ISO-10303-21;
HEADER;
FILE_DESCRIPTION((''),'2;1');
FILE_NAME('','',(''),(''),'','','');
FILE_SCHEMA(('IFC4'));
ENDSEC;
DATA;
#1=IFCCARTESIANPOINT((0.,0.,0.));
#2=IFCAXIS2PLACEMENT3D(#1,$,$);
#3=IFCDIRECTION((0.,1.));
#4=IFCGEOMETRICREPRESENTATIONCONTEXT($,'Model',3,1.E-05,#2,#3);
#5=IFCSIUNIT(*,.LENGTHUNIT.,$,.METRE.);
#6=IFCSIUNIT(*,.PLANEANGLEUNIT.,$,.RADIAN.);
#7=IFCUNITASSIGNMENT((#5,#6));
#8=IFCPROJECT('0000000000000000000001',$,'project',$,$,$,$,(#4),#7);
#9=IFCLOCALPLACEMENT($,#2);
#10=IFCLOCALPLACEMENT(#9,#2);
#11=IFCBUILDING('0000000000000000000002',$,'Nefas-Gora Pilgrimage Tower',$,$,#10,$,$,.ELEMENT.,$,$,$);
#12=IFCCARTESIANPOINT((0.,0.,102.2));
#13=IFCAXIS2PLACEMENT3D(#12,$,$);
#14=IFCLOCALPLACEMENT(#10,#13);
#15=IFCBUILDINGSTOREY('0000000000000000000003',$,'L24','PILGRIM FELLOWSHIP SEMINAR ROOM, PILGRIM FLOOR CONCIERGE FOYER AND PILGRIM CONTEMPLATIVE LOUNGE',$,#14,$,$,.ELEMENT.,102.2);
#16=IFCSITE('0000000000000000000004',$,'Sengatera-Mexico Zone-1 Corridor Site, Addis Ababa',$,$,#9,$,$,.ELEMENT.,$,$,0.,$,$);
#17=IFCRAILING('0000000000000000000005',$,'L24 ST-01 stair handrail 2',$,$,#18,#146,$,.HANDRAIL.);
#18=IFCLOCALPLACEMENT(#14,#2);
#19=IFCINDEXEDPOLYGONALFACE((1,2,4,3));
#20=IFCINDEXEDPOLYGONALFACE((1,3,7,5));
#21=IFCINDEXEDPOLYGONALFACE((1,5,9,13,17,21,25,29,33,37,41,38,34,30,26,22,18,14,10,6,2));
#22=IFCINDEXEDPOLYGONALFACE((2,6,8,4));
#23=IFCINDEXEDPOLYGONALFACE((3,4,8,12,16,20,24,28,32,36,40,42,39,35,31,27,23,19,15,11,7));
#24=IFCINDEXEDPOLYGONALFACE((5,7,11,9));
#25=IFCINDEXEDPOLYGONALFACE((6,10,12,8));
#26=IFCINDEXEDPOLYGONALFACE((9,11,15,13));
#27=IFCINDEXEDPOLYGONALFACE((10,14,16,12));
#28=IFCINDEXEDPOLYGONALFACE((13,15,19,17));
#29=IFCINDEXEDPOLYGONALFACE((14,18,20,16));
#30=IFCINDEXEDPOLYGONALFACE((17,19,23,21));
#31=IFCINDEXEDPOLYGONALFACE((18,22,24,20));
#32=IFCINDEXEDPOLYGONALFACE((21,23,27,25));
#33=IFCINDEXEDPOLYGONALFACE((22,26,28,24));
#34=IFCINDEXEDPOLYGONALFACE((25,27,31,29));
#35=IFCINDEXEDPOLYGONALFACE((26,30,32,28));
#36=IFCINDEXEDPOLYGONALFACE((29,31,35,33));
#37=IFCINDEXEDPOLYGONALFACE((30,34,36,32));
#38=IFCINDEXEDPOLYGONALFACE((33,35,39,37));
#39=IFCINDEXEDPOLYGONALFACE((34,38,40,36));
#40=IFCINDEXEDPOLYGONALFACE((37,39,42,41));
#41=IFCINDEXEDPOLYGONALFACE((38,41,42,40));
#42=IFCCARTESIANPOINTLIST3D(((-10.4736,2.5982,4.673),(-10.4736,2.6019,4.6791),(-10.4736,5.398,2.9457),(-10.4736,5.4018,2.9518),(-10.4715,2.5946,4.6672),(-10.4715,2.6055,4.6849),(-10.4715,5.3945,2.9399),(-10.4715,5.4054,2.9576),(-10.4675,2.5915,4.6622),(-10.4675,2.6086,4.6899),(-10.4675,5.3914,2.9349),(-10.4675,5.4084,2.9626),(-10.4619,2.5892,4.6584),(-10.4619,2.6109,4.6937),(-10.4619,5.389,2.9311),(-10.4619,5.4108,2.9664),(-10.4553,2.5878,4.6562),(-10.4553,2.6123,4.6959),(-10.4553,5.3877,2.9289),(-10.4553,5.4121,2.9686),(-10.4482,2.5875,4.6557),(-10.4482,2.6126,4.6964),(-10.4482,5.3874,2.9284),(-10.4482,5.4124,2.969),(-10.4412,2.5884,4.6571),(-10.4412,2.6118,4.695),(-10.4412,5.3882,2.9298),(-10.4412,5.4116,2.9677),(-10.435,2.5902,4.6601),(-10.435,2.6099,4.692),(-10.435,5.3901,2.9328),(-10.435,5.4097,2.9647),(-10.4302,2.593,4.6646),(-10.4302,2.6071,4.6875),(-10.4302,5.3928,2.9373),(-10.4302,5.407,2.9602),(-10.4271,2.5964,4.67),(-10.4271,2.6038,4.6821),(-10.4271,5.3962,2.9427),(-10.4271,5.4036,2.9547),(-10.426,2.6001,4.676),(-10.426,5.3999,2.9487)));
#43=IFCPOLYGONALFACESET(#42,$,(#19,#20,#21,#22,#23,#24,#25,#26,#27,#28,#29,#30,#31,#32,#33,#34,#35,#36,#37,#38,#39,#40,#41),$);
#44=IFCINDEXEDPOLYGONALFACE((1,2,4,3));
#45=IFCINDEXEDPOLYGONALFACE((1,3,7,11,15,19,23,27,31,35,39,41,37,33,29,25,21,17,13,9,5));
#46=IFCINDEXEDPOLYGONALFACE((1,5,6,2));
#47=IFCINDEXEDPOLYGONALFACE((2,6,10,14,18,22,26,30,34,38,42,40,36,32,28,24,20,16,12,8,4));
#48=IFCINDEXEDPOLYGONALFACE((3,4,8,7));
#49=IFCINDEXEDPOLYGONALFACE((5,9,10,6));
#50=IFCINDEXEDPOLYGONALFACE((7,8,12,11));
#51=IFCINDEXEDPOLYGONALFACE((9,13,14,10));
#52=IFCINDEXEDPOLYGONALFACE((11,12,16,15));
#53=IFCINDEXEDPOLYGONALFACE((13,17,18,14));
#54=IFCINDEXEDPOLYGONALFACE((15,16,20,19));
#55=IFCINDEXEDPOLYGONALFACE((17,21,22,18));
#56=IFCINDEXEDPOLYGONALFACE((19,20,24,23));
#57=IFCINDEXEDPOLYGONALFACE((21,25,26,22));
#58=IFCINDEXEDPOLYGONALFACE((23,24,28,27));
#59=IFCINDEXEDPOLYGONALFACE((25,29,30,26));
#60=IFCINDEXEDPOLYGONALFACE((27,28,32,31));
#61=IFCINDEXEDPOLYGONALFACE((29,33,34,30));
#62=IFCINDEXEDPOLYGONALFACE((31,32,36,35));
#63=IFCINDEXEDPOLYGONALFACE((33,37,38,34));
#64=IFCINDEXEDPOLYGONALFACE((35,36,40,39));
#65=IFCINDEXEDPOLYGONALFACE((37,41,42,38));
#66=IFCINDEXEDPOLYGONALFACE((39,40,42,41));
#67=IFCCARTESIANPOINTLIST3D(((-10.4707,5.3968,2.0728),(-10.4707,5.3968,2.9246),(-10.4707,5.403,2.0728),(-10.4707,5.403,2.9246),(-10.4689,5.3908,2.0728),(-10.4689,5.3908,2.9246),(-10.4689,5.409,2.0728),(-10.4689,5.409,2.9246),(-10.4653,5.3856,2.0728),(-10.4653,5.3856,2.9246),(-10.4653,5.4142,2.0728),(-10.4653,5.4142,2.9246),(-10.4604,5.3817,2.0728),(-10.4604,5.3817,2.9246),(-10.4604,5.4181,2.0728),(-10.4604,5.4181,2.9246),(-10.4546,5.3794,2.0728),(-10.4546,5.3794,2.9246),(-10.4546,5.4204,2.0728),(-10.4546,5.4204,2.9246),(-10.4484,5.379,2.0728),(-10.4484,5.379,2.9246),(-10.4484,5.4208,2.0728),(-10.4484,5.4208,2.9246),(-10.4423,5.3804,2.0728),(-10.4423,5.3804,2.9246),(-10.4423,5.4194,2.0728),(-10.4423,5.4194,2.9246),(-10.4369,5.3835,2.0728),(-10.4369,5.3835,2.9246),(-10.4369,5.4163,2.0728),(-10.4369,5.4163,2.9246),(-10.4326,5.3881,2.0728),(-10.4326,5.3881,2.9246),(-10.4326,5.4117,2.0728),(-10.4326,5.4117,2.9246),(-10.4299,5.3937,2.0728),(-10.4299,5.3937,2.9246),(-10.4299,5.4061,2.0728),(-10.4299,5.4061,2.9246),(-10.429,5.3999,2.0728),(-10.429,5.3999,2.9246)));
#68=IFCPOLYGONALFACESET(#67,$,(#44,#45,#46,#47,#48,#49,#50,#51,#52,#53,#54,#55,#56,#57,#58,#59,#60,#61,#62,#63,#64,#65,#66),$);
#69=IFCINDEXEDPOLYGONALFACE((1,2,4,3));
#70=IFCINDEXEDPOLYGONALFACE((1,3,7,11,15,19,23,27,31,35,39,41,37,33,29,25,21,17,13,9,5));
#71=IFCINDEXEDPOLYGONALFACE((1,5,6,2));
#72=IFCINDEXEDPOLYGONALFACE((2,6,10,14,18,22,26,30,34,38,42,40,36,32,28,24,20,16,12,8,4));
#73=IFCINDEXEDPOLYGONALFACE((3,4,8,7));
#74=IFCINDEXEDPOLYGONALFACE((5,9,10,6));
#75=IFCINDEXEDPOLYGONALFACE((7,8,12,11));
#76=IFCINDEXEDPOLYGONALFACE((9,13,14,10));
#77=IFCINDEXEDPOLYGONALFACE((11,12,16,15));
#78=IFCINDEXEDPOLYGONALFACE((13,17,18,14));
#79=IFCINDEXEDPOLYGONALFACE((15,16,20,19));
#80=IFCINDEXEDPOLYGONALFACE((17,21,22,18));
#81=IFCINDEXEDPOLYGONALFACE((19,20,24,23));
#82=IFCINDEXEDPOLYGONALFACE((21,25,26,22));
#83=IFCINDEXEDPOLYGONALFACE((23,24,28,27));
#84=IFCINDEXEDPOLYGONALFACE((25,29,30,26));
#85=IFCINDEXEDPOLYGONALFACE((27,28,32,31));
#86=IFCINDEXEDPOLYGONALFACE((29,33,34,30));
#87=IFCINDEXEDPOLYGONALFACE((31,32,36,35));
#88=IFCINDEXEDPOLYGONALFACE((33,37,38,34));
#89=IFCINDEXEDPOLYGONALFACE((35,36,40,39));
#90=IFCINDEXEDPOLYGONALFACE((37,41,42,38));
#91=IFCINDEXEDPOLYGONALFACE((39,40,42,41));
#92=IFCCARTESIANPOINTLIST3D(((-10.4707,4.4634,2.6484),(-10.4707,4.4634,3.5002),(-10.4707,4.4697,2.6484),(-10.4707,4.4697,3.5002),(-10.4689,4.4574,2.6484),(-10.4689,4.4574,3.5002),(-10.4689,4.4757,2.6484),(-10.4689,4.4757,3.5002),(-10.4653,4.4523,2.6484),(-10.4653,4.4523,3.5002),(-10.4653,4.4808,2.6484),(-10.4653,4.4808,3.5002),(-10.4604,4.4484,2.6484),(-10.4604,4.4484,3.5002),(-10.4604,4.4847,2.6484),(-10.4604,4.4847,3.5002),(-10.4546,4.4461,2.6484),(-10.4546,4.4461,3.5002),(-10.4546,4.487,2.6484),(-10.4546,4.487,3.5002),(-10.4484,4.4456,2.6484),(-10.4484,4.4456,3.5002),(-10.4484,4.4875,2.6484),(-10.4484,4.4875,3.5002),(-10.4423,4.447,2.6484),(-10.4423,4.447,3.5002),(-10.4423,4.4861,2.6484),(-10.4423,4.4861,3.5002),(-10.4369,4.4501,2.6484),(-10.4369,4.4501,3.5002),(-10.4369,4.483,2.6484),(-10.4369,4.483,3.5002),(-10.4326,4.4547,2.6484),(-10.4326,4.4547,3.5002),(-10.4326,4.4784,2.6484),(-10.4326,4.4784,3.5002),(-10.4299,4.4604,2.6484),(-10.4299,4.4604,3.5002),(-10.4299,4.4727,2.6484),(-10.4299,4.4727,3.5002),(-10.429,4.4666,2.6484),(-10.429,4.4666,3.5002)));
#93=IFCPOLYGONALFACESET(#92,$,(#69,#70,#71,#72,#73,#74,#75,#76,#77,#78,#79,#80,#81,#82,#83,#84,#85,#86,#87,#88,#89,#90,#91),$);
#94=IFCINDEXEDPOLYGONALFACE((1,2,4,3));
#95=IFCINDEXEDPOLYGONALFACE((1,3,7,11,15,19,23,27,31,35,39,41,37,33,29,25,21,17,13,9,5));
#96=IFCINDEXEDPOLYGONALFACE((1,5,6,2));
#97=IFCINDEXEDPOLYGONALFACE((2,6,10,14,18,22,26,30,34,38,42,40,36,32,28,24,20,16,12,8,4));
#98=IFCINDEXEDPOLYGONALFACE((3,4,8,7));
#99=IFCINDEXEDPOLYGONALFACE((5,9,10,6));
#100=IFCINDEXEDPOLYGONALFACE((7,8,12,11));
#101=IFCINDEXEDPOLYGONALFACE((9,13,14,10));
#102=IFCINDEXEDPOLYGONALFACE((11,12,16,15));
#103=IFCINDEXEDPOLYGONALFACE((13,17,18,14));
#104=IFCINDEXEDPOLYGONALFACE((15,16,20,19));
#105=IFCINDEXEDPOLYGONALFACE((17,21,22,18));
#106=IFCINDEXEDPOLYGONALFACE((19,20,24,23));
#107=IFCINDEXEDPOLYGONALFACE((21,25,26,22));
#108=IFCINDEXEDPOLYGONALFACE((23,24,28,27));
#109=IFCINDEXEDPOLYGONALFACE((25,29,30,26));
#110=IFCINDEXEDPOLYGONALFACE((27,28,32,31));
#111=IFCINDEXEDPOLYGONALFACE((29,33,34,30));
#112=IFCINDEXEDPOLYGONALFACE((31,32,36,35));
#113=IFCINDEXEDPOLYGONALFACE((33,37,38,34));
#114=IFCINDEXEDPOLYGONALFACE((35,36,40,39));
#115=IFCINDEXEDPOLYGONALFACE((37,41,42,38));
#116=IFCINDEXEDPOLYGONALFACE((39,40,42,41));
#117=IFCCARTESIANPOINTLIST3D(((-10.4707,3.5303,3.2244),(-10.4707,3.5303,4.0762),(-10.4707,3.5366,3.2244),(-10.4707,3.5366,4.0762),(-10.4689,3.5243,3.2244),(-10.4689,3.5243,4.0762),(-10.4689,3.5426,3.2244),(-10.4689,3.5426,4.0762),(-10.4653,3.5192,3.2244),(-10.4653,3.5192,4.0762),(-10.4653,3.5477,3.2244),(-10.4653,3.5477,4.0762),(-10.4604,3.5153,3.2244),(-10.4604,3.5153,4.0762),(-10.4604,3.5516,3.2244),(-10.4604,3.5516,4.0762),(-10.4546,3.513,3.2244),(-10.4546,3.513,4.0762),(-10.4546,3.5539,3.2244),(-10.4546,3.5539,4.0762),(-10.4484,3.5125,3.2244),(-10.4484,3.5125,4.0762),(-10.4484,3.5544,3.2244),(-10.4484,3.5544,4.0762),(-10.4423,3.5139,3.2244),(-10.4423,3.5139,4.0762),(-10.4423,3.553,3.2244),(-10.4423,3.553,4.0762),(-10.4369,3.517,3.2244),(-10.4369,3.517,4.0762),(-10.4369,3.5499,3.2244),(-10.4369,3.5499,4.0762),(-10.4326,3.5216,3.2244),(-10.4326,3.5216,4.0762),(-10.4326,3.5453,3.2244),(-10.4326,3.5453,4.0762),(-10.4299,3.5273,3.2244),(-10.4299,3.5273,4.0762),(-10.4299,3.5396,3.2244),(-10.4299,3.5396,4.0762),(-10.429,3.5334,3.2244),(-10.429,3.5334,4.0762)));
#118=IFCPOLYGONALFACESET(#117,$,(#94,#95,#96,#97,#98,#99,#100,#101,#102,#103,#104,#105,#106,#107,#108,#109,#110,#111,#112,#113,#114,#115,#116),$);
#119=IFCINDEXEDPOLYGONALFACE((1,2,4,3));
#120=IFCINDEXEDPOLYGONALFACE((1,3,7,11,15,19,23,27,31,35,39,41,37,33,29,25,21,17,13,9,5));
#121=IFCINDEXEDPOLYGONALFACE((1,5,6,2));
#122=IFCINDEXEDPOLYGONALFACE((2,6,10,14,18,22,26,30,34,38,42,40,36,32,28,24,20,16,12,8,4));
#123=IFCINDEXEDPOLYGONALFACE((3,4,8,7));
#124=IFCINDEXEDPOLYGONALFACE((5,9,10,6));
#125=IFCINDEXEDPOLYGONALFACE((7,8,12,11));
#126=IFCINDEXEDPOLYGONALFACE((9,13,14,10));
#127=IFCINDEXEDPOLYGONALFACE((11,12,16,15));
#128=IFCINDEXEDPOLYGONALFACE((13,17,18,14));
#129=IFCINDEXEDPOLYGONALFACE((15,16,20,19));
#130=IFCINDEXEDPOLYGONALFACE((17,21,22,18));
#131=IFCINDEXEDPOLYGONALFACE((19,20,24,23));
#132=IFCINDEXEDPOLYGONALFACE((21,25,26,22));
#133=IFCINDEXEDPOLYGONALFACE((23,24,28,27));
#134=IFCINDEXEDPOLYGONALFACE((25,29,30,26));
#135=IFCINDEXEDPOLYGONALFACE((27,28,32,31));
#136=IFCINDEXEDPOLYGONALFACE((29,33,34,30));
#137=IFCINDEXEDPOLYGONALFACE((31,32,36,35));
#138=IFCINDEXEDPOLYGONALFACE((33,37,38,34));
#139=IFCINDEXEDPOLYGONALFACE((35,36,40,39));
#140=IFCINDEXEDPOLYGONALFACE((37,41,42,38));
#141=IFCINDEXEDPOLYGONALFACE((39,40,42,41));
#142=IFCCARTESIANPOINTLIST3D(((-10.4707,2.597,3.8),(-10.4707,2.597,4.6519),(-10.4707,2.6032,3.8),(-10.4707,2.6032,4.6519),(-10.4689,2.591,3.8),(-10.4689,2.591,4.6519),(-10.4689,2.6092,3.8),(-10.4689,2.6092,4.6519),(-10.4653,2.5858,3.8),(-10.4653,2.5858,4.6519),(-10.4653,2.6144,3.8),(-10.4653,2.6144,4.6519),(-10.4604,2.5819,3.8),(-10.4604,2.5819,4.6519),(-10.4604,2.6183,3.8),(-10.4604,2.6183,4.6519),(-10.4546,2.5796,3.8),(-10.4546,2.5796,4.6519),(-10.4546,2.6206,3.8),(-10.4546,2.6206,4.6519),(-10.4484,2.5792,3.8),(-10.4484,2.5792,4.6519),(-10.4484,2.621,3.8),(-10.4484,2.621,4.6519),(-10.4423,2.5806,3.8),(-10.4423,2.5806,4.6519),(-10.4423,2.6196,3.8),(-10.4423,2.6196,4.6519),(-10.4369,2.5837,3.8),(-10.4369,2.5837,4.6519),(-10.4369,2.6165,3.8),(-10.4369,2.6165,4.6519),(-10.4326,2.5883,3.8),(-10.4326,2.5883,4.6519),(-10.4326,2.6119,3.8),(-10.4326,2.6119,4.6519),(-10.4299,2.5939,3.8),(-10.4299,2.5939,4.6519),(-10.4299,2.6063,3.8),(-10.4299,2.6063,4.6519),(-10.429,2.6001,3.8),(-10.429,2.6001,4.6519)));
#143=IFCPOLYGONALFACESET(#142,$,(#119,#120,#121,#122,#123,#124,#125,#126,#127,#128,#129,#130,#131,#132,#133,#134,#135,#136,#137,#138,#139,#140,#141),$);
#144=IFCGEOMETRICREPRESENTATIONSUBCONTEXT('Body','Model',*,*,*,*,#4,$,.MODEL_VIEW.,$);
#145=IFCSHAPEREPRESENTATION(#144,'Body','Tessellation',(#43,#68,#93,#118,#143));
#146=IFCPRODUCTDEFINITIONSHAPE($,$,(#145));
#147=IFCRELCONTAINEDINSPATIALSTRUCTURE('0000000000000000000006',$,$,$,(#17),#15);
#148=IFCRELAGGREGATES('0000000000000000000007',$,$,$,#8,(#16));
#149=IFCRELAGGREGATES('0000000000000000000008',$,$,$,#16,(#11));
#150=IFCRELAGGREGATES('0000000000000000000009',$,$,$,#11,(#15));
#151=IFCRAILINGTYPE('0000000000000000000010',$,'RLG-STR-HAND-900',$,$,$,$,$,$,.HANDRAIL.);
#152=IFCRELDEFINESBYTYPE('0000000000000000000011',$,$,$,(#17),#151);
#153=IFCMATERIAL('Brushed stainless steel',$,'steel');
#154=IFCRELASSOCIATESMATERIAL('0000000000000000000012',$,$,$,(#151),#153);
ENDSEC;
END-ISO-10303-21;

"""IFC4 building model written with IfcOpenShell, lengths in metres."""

from ifc_helpers import new_model, si_unit, direction, frame, origin, origin_2d, place, context, subcontext, project, spatial, circle, extrude, material, type_object, element, save


model = new_model("IFC4")

# Units and contexts
model_context = context("Model", 3, precision=1e-05, world=origin(), true_north=direction((0.0, 1.0)))
body_context = subcontext(model_context, "Body", "Model", "MODEL_VIEW")
ifc_project = project(units=[si_unit("LENGTHUNIT", "METRE"), si_unit("PLANEANGLEUNIT", "RADIAN")], contexts=[model_context])

# Site, building, storey
site_placement = place(None, origin())
site = spatial("IfcSite", under=ifc_project, at=site_placement, Name="Sengatera-Mexico Zone-1 Corridor Site, Addis Ababa", CompositionType="ELEMENT", RefElevation=0.0)
building_placement = place(site_placement, origin())
building = spatial("IfcBuilding", under=site, at=building_placement, Name="Nefas-Gora Pilgrimage Tower", CompositionType="ELEMENT")
storey_placement = place(building_placement, frame((0.0, 0.0, 102.2)))
storey = spatial("IfcBuildingStorey", under=building, at=storey_placement, Name="L24", Description="PILGRIM FELLOWSHIP SEMINAR ROOM, PILGRIM FLOOR CONCIERGE FOYER AND PILGRIM CONTEMPLATIVE LOUNGE", CompositionType="ELEMENT", Elevation=102.2)

# Railing
ifc_material_1 = material(Name="Brushed stainless steel", Category="steel")
railing_type_1 = type_object("IfcRailingType", Name="RLG-STR-HAND-900", PredefinedType="HANDRAIL", material=ifc_material_1)
railing_1_placement = place(storey_placement, frame((-10.45, 5.3999, 2.0728)))
element("IfcRailing", 1, at=railing_1_placement, inside=storey, type_object=railing_type_1, Name="L24 ST-01 stair handrail 2", PredefinedType="HANDRAIL", context=body_context, shape_type="SweptSolid", body=[
    extrude(circle(Radius=0.0239, at=origin_2d()), frame((0.0, 0.0, 0.876), z_axis=(0.0, -0.851069, 0.525054), x_axis=(1.0, 0.0, 0.0)), (0.0, 0.0, 1.0), 3.2898),
    extrude(circle(Radius=0.021, at=origin_2d()), origin(), (0.0, 0.0, 1.0), 0.8518),
    extrude(circle(Radius=0.021, at=origin_2d()), frame((0.0, -0.9333, 0.5757)), (0.0, 0.0, 1.0), 0.8518),
    extrude(circle(Radius=0.021, at=origin_2d()), frame((0.0, -1.8665, 1.1516)), (0.0, 0.0, 1.0), 0.8518),
    extrude(circle(Radius=0.021, at=origin_2d()), frame((0.0, -2.7998, 1.7273)), (0.0, 0.0, 1.0), 0.8518),
])

save(model, "model.ifc")
